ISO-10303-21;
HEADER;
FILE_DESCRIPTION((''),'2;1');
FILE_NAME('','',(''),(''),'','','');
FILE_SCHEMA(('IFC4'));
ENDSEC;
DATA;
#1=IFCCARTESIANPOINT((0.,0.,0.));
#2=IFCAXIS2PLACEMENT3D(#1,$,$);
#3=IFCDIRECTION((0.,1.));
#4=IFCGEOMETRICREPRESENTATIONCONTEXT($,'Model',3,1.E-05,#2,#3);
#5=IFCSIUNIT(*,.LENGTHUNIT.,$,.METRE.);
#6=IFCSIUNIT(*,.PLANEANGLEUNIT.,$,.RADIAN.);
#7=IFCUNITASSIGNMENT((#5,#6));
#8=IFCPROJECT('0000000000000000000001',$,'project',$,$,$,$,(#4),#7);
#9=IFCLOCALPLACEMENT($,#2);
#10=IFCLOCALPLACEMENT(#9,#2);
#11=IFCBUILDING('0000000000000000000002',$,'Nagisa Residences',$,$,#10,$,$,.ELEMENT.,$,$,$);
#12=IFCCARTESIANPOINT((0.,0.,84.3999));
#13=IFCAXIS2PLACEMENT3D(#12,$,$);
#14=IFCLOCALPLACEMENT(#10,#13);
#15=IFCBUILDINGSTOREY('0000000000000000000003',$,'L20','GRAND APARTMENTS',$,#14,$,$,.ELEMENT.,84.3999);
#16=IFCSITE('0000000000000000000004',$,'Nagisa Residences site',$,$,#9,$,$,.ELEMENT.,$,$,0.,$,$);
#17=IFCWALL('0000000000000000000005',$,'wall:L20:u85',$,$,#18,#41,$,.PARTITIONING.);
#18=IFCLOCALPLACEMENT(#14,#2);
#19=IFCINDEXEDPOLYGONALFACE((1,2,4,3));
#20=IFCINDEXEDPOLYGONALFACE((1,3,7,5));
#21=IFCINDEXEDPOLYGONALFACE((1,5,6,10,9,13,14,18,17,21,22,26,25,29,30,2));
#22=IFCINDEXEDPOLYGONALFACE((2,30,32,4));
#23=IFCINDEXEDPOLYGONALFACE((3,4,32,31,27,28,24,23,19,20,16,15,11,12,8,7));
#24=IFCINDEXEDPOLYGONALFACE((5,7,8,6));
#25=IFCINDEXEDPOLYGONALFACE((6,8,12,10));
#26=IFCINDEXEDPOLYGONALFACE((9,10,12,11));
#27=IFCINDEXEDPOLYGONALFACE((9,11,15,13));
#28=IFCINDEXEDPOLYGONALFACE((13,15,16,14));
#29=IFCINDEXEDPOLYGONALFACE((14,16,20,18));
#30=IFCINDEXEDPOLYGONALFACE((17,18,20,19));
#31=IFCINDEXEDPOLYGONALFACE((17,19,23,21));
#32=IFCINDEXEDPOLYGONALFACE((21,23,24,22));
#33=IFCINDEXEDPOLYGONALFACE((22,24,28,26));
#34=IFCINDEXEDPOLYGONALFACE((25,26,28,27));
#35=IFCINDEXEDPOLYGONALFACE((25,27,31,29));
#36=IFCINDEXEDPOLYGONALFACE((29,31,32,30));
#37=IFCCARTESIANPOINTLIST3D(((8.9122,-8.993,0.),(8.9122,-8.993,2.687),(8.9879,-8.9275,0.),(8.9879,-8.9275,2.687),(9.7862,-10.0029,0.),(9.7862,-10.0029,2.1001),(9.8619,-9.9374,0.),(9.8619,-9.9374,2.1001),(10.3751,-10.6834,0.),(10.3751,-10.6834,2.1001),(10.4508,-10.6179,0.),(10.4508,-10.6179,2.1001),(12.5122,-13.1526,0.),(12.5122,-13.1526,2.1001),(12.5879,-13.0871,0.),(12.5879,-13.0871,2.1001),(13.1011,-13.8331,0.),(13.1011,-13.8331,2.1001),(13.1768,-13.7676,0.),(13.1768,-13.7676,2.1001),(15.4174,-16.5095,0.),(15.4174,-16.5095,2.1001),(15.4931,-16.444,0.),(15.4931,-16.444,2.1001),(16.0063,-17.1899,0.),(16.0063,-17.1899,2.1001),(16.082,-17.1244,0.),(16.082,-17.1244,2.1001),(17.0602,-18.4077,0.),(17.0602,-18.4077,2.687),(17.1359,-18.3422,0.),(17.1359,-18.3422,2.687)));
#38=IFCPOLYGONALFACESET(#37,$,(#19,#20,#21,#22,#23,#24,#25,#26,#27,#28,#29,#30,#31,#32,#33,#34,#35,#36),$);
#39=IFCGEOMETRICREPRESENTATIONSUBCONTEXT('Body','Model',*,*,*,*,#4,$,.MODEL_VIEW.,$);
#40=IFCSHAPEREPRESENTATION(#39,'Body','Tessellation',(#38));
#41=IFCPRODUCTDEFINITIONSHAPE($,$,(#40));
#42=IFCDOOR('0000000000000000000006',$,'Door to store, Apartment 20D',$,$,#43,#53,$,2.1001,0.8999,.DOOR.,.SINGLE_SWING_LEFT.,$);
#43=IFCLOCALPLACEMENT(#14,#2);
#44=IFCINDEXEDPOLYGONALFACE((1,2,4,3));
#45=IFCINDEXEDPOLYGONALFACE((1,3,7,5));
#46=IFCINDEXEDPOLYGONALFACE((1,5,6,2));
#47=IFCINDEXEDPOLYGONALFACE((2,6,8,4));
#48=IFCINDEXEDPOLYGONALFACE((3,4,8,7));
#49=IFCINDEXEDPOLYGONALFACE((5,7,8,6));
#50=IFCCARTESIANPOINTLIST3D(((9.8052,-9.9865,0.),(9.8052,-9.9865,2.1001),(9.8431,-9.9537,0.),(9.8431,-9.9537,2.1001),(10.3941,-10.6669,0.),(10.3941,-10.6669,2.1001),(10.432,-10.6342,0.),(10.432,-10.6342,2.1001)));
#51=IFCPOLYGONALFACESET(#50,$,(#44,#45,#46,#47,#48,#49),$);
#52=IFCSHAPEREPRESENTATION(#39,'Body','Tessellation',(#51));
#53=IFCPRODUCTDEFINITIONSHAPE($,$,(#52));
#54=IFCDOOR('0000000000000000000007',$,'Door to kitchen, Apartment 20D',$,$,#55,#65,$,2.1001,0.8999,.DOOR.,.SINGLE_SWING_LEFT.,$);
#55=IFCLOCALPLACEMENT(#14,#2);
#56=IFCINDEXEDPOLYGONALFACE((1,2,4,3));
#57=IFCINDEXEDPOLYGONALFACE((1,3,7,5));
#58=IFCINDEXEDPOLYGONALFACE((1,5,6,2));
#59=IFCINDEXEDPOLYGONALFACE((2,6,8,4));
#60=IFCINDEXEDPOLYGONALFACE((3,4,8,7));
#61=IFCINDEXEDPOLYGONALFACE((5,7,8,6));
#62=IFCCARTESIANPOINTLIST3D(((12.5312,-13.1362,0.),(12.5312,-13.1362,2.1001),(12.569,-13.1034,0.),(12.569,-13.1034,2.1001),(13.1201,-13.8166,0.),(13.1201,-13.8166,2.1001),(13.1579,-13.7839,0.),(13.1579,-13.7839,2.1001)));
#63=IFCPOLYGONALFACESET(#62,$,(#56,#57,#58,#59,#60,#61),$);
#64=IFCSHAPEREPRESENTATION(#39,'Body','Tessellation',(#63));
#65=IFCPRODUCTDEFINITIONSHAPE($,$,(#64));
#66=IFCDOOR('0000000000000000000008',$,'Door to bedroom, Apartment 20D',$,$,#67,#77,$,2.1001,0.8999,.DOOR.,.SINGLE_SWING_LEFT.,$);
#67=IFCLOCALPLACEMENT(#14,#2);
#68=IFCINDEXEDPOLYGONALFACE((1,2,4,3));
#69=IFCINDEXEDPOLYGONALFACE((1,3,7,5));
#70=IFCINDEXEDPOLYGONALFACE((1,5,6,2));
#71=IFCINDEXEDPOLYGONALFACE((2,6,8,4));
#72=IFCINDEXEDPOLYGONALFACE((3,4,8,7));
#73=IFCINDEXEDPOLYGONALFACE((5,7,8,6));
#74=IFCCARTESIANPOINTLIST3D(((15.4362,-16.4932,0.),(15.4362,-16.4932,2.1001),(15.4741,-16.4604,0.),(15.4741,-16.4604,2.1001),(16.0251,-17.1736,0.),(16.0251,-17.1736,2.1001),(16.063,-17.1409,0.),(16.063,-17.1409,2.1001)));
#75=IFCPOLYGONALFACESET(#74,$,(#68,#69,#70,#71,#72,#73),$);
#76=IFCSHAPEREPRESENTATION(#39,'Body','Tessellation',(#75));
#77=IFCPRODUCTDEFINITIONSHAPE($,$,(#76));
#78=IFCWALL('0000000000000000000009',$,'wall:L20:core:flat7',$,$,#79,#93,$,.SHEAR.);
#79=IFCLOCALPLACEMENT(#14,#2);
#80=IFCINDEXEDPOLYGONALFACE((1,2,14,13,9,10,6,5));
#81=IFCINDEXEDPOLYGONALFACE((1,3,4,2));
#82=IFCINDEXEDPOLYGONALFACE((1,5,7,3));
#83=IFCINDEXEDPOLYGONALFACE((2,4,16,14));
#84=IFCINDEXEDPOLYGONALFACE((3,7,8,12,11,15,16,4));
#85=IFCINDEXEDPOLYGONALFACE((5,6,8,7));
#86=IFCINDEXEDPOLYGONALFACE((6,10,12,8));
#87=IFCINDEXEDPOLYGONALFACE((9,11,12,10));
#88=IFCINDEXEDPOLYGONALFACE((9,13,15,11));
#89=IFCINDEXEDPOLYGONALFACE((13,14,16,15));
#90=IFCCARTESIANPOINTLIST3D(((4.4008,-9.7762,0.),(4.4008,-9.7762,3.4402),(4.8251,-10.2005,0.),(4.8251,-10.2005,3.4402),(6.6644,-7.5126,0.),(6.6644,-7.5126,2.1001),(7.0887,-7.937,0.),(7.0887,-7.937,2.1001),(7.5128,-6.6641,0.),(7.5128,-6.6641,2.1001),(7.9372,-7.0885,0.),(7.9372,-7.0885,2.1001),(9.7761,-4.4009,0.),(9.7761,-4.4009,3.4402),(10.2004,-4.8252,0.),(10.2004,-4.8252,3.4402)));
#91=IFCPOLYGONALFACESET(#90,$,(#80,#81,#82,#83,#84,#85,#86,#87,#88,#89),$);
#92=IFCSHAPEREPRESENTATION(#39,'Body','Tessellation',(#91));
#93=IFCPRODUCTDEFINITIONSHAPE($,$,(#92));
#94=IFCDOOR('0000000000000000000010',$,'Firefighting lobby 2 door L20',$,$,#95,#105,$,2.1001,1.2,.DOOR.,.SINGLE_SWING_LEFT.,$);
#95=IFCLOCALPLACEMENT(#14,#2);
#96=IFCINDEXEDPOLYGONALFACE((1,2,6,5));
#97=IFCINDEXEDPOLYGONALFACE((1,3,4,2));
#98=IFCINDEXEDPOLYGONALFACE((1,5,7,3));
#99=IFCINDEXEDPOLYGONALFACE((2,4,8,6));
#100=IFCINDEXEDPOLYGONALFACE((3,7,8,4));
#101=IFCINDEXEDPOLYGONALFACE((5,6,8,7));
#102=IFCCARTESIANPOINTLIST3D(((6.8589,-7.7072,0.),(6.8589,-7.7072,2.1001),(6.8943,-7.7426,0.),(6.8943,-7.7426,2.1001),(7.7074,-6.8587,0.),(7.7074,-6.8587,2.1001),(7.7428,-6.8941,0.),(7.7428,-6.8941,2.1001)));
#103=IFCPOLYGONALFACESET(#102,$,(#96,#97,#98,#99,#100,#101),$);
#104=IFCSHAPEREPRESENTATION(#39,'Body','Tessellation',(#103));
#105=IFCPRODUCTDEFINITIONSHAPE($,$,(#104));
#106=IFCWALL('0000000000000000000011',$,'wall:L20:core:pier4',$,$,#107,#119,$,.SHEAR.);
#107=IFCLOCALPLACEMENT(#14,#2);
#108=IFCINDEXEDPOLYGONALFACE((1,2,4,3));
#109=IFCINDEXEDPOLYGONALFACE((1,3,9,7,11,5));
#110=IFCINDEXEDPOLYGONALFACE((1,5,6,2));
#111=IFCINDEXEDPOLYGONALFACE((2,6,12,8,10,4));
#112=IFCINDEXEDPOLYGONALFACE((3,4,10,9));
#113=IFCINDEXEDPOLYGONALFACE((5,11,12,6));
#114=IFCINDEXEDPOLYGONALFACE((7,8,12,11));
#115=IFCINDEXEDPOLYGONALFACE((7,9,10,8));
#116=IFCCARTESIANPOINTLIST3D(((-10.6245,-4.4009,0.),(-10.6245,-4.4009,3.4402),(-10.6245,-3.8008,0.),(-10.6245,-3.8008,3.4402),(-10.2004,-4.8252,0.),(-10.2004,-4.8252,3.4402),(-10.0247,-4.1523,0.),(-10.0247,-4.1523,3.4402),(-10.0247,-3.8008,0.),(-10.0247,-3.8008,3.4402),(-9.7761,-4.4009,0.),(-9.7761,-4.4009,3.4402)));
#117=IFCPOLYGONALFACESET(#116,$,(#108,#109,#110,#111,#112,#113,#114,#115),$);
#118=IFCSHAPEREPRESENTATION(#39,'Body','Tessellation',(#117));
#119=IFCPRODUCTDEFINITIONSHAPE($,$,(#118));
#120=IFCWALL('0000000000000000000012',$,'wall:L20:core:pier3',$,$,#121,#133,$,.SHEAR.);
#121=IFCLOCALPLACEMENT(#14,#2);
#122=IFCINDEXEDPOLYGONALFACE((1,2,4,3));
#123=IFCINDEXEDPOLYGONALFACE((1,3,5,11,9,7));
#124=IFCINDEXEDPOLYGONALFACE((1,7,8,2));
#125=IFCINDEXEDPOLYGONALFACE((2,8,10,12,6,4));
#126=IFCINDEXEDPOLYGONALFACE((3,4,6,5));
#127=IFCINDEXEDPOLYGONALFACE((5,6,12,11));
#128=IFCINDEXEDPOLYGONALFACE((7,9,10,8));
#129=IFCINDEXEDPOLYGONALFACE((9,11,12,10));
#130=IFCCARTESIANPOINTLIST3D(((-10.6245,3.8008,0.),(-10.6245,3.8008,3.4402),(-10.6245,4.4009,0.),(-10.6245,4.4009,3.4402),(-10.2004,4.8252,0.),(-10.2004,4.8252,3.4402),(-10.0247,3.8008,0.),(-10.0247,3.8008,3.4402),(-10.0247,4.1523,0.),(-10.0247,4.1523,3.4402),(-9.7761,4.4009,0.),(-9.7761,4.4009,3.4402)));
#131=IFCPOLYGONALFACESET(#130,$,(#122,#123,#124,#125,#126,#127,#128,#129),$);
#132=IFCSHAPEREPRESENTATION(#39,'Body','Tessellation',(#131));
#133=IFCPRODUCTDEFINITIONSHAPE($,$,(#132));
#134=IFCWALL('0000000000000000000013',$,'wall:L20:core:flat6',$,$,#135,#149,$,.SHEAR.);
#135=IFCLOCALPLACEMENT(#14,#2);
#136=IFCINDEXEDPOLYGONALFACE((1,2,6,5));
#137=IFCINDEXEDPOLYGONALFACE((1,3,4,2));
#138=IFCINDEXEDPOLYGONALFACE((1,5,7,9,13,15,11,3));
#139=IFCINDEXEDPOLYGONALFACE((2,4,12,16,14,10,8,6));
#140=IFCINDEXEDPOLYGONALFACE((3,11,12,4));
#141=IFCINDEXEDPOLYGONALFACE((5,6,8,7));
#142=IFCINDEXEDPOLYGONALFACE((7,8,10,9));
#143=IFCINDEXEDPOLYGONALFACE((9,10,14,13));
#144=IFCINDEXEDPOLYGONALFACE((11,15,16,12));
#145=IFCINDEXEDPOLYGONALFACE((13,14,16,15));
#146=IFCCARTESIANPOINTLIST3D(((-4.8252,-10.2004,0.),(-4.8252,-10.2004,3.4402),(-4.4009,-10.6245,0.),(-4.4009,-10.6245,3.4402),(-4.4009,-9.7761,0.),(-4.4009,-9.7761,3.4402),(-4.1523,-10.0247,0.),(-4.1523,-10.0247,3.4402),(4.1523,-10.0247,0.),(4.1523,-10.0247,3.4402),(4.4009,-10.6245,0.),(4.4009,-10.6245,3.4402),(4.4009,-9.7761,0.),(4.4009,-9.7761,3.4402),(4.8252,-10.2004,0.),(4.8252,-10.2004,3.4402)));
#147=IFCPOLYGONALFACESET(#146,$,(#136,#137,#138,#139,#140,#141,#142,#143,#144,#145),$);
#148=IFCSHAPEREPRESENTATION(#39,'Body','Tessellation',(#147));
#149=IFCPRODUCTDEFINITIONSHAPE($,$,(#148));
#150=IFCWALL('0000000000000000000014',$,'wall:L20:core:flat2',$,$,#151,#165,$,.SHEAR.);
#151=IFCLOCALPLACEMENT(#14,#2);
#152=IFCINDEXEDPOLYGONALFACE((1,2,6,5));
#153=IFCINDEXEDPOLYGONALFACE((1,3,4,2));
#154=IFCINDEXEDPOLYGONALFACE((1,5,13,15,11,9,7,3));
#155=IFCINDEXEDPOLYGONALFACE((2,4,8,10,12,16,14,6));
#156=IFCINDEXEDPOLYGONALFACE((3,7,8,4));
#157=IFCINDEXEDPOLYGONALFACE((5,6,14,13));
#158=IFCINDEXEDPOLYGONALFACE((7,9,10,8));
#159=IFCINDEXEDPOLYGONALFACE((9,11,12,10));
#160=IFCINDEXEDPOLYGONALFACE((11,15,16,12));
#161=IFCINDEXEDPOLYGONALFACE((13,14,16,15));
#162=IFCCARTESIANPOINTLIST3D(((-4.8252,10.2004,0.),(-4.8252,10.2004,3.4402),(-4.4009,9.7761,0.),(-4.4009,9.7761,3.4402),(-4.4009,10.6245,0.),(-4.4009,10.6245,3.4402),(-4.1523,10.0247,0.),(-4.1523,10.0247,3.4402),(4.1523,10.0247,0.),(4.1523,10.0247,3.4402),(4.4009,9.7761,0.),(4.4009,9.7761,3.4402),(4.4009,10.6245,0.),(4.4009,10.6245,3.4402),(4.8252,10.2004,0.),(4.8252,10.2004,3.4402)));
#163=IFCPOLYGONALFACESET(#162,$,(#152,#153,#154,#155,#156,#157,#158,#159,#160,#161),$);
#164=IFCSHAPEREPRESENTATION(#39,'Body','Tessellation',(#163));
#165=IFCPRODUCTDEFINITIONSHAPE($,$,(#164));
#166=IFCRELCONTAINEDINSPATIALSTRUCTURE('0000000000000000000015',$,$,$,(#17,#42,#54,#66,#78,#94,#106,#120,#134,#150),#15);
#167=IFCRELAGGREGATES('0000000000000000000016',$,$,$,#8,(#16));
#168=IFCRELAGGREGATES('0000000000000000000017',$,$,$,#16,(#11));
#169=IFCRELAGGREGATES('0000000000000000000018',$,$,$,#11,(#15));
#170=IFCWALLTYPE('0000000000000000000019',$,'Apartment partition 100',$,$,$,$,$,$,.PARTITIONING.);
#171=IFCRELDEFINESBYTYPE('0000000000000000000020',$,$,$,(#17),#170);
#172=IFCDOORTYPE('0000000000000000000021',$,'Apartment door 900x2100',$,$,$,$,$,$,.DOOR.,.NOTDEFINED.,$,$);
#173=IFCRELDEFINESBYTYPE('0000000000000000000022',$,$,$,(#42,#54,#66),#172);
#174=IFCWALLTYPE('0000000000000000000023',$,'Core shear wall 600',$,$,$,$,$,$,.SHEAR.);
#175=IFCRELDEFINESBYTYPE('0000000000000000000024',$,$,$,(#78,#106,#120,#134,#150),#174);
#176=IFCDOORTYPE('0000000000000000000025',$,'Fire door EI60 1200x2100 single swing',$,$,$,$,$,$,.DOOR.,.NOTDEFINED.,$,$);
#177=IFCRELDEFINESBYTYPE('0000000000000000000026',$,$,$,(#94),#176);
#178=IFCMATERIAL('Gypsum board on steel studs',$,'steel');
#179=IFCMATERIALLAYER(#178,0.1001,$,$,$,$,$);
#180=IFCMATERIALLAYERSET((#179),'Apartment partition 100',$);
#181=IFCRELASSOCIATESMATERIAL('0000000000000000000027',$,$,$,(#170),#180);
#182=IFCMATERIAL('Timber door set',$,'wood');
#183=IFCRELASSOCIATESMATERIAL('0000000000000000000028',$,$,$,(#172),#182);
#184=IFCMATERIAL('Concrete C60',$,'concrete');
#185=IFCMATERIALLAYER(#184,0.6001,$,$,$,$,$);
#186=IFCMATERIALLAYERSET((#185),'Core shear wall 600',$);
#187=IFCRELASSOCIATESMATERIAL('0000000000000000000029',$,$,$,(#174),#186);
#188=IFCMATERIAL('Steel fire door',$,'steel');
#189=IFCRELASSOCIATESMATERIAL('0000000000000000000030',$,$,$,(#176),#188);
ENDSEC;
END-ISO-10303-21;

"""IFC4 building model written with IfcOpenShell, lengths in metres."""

from ifc_helpers import new_model, si_unit, direction, frame, frame_2d, origin, place, context, subcontext, project, spatial, polyline, rectangle, outline, extrude, material, layer, layer_set, type_object, element, fill, save


model = new_model("IFC4")

# Units and contexts
model_context = context("Model", 3, precision=1e-05, world=origin(), true_north=direction((0.0, 1.0)))
body_context = subcontext(model_context, "Body", "Model", "MODEL_VIEW")
ifc_project = project(units=[si_unit("LENGTHUNIT", "METRE"), si_unit("PLANEANGLEUNIT", "RADIAN")], contexts=[model_context])

# Site, building, storey
site_placement = place(None, origin())
site = spatial("IfcSite", under=ifc_project, at=site_placement, Name="Nagisa Residences site", CompositionType="ELEMENT", RefElevation=0.0)
building_placement = place(site_placement, origin())
building = spatial("IfcBuilding", under=site, at=building_placement, Name="Nagisa Residences", CompositionType="ELEMENT")
storey_placement = place(building_placement, frame((0.0, 0.0, 84.3999)))
storey = spatial("IfcBuildingStorey", under=building, at=storey_placement, Name="L20", Description="GRAND APARTMENTS", CompositionType="ELEMENT", Elevation=84.3999)

# Wall, openings, doors
ifc_material_1 = material(Name="Gypsum board on steel studs", Category="steel")
ifc_layer_1 = layer(ifc_material_1, 0.1001)
ifc_layer_set_1 = layer_set([ifc_layer_1], Name="Apartment partition 100")
wall_type_1 = type_object("IfcWallType", Name="Apartment partition 100", PredefinedType="PARTITIONING", material=ifc_layer_set_1)
wall_1_placement = place(storey_placement, frame((8.95, -8.9602, 0.0), z_axis=(0.0, 0.0, 1.0), x_axis=(0.654411, -0.756139, 0.0)))
wall_1 = element("IfcWall", 1, at=wall_1_placement, inside=storey, type_object=wall_type_1, Name="wall:L20:u85", PredefinedType="PARTITIONING", context=body_context, shape_type="SweptSolid", body=[
    extrude(rectangle(XDim=12.4509, YDim=0.1001, at=frame_2d((6.2256, 0.0))), origin(), (0.0, 0.0, 1.0), 2.687),
])
opening_1_placement = place(wall_1_placement, frame((1.3357, 0.0, 0.0)))
opening_1 = element("IfcOpeningElement", 2, at=opening_1_placement, cuts=wall_1, PredefinedType="OPENING", context=body_context, shape_type="SweptSolid", body=[
    extrude(rectangle(XDim=0.8999, YDim=2.1001, at=frame_2d((0.45, 1.05))), frame((0.0, 0.0601, 0.0), z_axis=(0.0, -1.0, 0.0), x_axis=(1.0, 0.0, 0.0)), (0.0, 0.0, 1.0), 0.1201),
])
opening_2_placement = place(wall_1_placement, frame((5.5012, 0.0, 0.0)))
opening_2 = element("IfcOpeningElement", 3, at=opening_2_placement, cuts=wall_1, PredefinedType="OPENING", context=body_context, shape_type="SweptSolid", body=[
    extrude(rectangle(XDim=0.8999, YDim=2.1001, at=frame_2d((0.45, 1.05))), frame((0.0, 0.0601, 0.0), z_axis=(0.0, -1.0, 0.0), x_axis=(1.0, 0.0, 0.0)), (0.0, 0.0, 1.0), 0.1201),
])
opening_3_placement = place(wall_1_placement, frame((9.9407, 0.0, 0.0)))
opening_3 = element("IfcOpeningElement", 4, at=opening_3_placement, cuts=wall_1, PredefinedType="OPENING", context=body_context, shape_type="SweptSolid", body=[
    extrude(rectangle(XDim=0.8999, YDim=2.1001, at=frame_2d((0.45, 1.05))), frame((0.0, 0.0601, 0.0), z_axis=(0.0, -1.0, 0.0), x_axis=(1.0, 0.0, 0.0)), (0.0, 0.0, 1.0), 0.1201),
])
ifc_material_2 = material(Name="Timber door set", Category="wood")
door_type_1 = type_object("IfcDoorType", Name="Apartment door 900x2100", OperationType="NOTDEFINED", PredefinedType="DOOR", material=ifc_material_2)
door_1_placement = place(opening_1_placement, frame((0.8999, 0.0, 0.0), x_axis=(-1.0, 0.0, 0.0)))
door_1 = element("IfcDoor", 5, at=door_1_placement, inside=storey, type_object=door_type_1, Name="Door to store, Apartment 20D", OperationType="SINGLE_SWING_LEFT", OverallHeight=2.1001, OverallWidth=0.8999, PredefinedType="DOOR", context=body_context, shape_type="SweptSolid", body=[
    extrude(rectangle(XDim=0.8999, YDim=2.1001, at=frame_2d((0.45, 1.05))), frame((0.0, 0.0249, 0.0), z_axis=(0.0, -1.0, 0.0), x_axis=(1.0, 0.0, 0.0)), (0.0, 0.0, 1.0), 0.05),
])
fill(opening_1, door_1)
door_2_placement = place(opening_2_placement, frame((0.8999, 0.0, 0.0), x_axis=(-1.0, 0.0, 0.0)))
door_2 = element("IfcDoor", 6, at=door_2_placement, inside=storey, type_object=door_type_1, Name="Door to kitchen, Apartment 20D", OperationType="SINGLE_SWING_LEFT", OverallHeight=2.1001, OverallWidth=0.8999, PredefinedType="DOOR", context=body_context, shape_type="SweptSolid", body=[
    extrude(rectangle(XDim=0.8999, YDim=2.1001, at=frame_2d((0.45, 1.05))), frame((0.0, 0.0249, 0.0), z_axis=(0.0, -1.0, 0.0), x_axis=(1.0, 0.0, 0.0)), (0.0, 0.0, 1.0), 0.05),
])
fill(opening_2, door_2)
door_3_placement = place(opening_3_placement, origin())
door_3 = element("IfcDoor", 7, at=door_3_placement, inside=storey, type_object=door_type_1, Name="Door to bedroom, Apartment 20D", OperationType="SINGLE_SWING_LEFT", OverallHeight=2.1001, OverallWidth=0.8999, PredefinedType="DOOR", context=body_context, shape_type="SweptSolid", body=[
    extrude(rectangle(XDim=0.8999, YDim=2.1001, at=frame_2d((0.45, 1.05))), frame((0.0, 0.0249, 0.0), z_axis=(0.0, -1.0, 0.0), x_axis=(1.0, 0.0, 0.0)), (0.0, 0.0, 1.0), 0.05),
])
fill(opening_3, door_3)

# Wall, opening, door
ifc_material_3 = material(Name="Concrete C60", Category="concrete")
ifc_layer_2 = layer(ifc_material_3, 0.6001)
ifc_layer_set_2 = layer_set([ifc_layer_2], Name="Core shear wall 600")
wall_type_2 = type_object("IfcWallType", Name="Core shear wall 600", PredefinedType="SHEAR", material=ifc_layer_set_2)
wall_2_placement = place(storey_placement, frame((4.613, -9.9883, 0.0), z_axis=(0.0, 0.0, 1.0), x_axis=(0.707107, 0.707107, 0.0)))
wall_2 = element("IfcWall", 8, at=wall_2_placement, inside=storey, type_object=wall_type_2, Name="wall:L20:core:flat7", PredefinedType="SHEAR", context=body_context, shape_type="SweptSolid", body=[
    extrude(rectangle(XDim=7.6018, YDim=0.6001, at=frame_2d((3.8008, 0.0))), origin(), (0.0, 0.0, 1.0), 3.4402),
])
opening_4_placement = place(wall_2_placement, frame((3.2009, 0.0, 0.0)))
opening_4 = element("IfcOpeningElement", 9, at=opening_4_placement, cuts=wall_2, PredefinedType="OPENING", context=body_context, shape_type="SweptSolid", body=[
    extrude(rectangle(XDim=1.2, YDim=2.1001, at=frame_2d((0.6001, 1.05))), frame((0.0, 0.3101, 0.0), z_axis=(0.0, -1.0, 0.0), x_axis=(1.0, 0.0, 0.0)), (0.0, 0.0, 1.0), 0.6201),
])
ifc_material_4 = material(Name="Steel fire door", Category="steel")
door_type_2 = type_object("IfcDoorType", Name="Fire door EI60 1200x2100 single swing", OperationType="NOTDEFINED", PredefinedType="DOOR", material=ifc_material_4)
door_4_placement = place(opening_4_placement, origin())
door_4 = element("IfcDoor", 10, at=door_4_placement, inside=storey, type_object=door_type_2, Name="Firefighting lobby 2 door L20", OperationType="SINGLE_SWING_LEFT", OverallHeight=2.1001, OverallWidth=1.2, PredefinedType="DOOR", context=body_context, shape_type="SweptSolid", body=[
    extrude(rectangle(XDim=1.2, YDim=2.1001, at=frame_2d((0.6001, 1.05))), frame((0.0, 0.0249, 0.0), z_axis=(0.0, -1.0, 0.0), x_axis=(1.0, 0.0, 0.0)), (0.0, 0.0, 1.0), 0.05),
])
fill(opening_4, door_4)

# Walls
wall_3_placement = place(storey_placement, origin())
element("IfcWall", 11, at=wall_3_placement, inside=storey, type_object=wall_type_2, Name="wall:L20:core:pier4", PredefinedType="SHEAR", context=body_context, shape_type="SweptSolid", body=[
    extrude(outline(polyline([(-10.6245, -3.8008), (-10.0247, -3.8008), (-10.0247, -4.1523), (-9.7761, -4.4009), (-10.2004, -4.8252), (-10.6245, -4.4009), (-10.6245, -3.8008)])), origin(), (0.0, 0.0, 1.0), 3.4402),
])
wall_4_placement = place(storey_placement, origin())
element("IfcWall", 12, at=wall_4_placement, inside=storey, type_object=wall_type_2, Name="wall:L20:core:pier3", PredefinedType="SHEAR", context=body_context, shape_type="SweptSolid", body=[
    extrude(outline(polyline([(-10.2004, 4.8252), (-9.7761, 4.4009), (-10.0247, 4.1523), (-10.0247, 3.8008), (-10.6245, 3.8008), (-10.6245, 4.4009), (-10.2004, 4.8252)])), origin(), (0.0, 0.0, 1.0), 3.4402),
])
wall_5_placement = place(storey_placement, origin())
element("IfcWall", 13, at=wall_5_placement, inside=storey, type_object=wall_type_2, Name="wall:L20:core:flat6", PredefinedType="SHEAR", context=body_context, shape_type="SweptSolid", body=[
    extrude(outline(polyline([(-4.1523, -10.0247), (4.1523, -10.0247), (4.4009, -9.7761), (4.8252, -10.2004), (4.4009, -10.6245), (-4.4009, -10.6245), (-4.8252, -10.2004), (-4.4009, -9.7761), (-4.1523, -10.0247)])), origin(), (0.0, 0.0, 1.0), 3.4402),
])
wall_6_placement = place(storey_placement, origin())
element("IfcWall", 14, at=wall_6_placement, inside=storey, type_object=wall_type_2, Name="wall:L20:core:flat2", PredefinedType="SHEAR", context=body_context, shape_type="SweptSolid", body=[
    extrude(outline(polyline([(-4.1523, 10.0247), (-4.4009, 9.7761), (-4.8252, 10.2004), (-4.4009, 10.6245), (4.4009, 10.6245), (4.8252, 10.2004), (4.4009, 9.7761), (4.1523, 10.0247), (-4.1523, 10.0247)])), origin(), (0.0, 0.0, 1.0), 3.4402),
])

save(model, "model.ifc")
